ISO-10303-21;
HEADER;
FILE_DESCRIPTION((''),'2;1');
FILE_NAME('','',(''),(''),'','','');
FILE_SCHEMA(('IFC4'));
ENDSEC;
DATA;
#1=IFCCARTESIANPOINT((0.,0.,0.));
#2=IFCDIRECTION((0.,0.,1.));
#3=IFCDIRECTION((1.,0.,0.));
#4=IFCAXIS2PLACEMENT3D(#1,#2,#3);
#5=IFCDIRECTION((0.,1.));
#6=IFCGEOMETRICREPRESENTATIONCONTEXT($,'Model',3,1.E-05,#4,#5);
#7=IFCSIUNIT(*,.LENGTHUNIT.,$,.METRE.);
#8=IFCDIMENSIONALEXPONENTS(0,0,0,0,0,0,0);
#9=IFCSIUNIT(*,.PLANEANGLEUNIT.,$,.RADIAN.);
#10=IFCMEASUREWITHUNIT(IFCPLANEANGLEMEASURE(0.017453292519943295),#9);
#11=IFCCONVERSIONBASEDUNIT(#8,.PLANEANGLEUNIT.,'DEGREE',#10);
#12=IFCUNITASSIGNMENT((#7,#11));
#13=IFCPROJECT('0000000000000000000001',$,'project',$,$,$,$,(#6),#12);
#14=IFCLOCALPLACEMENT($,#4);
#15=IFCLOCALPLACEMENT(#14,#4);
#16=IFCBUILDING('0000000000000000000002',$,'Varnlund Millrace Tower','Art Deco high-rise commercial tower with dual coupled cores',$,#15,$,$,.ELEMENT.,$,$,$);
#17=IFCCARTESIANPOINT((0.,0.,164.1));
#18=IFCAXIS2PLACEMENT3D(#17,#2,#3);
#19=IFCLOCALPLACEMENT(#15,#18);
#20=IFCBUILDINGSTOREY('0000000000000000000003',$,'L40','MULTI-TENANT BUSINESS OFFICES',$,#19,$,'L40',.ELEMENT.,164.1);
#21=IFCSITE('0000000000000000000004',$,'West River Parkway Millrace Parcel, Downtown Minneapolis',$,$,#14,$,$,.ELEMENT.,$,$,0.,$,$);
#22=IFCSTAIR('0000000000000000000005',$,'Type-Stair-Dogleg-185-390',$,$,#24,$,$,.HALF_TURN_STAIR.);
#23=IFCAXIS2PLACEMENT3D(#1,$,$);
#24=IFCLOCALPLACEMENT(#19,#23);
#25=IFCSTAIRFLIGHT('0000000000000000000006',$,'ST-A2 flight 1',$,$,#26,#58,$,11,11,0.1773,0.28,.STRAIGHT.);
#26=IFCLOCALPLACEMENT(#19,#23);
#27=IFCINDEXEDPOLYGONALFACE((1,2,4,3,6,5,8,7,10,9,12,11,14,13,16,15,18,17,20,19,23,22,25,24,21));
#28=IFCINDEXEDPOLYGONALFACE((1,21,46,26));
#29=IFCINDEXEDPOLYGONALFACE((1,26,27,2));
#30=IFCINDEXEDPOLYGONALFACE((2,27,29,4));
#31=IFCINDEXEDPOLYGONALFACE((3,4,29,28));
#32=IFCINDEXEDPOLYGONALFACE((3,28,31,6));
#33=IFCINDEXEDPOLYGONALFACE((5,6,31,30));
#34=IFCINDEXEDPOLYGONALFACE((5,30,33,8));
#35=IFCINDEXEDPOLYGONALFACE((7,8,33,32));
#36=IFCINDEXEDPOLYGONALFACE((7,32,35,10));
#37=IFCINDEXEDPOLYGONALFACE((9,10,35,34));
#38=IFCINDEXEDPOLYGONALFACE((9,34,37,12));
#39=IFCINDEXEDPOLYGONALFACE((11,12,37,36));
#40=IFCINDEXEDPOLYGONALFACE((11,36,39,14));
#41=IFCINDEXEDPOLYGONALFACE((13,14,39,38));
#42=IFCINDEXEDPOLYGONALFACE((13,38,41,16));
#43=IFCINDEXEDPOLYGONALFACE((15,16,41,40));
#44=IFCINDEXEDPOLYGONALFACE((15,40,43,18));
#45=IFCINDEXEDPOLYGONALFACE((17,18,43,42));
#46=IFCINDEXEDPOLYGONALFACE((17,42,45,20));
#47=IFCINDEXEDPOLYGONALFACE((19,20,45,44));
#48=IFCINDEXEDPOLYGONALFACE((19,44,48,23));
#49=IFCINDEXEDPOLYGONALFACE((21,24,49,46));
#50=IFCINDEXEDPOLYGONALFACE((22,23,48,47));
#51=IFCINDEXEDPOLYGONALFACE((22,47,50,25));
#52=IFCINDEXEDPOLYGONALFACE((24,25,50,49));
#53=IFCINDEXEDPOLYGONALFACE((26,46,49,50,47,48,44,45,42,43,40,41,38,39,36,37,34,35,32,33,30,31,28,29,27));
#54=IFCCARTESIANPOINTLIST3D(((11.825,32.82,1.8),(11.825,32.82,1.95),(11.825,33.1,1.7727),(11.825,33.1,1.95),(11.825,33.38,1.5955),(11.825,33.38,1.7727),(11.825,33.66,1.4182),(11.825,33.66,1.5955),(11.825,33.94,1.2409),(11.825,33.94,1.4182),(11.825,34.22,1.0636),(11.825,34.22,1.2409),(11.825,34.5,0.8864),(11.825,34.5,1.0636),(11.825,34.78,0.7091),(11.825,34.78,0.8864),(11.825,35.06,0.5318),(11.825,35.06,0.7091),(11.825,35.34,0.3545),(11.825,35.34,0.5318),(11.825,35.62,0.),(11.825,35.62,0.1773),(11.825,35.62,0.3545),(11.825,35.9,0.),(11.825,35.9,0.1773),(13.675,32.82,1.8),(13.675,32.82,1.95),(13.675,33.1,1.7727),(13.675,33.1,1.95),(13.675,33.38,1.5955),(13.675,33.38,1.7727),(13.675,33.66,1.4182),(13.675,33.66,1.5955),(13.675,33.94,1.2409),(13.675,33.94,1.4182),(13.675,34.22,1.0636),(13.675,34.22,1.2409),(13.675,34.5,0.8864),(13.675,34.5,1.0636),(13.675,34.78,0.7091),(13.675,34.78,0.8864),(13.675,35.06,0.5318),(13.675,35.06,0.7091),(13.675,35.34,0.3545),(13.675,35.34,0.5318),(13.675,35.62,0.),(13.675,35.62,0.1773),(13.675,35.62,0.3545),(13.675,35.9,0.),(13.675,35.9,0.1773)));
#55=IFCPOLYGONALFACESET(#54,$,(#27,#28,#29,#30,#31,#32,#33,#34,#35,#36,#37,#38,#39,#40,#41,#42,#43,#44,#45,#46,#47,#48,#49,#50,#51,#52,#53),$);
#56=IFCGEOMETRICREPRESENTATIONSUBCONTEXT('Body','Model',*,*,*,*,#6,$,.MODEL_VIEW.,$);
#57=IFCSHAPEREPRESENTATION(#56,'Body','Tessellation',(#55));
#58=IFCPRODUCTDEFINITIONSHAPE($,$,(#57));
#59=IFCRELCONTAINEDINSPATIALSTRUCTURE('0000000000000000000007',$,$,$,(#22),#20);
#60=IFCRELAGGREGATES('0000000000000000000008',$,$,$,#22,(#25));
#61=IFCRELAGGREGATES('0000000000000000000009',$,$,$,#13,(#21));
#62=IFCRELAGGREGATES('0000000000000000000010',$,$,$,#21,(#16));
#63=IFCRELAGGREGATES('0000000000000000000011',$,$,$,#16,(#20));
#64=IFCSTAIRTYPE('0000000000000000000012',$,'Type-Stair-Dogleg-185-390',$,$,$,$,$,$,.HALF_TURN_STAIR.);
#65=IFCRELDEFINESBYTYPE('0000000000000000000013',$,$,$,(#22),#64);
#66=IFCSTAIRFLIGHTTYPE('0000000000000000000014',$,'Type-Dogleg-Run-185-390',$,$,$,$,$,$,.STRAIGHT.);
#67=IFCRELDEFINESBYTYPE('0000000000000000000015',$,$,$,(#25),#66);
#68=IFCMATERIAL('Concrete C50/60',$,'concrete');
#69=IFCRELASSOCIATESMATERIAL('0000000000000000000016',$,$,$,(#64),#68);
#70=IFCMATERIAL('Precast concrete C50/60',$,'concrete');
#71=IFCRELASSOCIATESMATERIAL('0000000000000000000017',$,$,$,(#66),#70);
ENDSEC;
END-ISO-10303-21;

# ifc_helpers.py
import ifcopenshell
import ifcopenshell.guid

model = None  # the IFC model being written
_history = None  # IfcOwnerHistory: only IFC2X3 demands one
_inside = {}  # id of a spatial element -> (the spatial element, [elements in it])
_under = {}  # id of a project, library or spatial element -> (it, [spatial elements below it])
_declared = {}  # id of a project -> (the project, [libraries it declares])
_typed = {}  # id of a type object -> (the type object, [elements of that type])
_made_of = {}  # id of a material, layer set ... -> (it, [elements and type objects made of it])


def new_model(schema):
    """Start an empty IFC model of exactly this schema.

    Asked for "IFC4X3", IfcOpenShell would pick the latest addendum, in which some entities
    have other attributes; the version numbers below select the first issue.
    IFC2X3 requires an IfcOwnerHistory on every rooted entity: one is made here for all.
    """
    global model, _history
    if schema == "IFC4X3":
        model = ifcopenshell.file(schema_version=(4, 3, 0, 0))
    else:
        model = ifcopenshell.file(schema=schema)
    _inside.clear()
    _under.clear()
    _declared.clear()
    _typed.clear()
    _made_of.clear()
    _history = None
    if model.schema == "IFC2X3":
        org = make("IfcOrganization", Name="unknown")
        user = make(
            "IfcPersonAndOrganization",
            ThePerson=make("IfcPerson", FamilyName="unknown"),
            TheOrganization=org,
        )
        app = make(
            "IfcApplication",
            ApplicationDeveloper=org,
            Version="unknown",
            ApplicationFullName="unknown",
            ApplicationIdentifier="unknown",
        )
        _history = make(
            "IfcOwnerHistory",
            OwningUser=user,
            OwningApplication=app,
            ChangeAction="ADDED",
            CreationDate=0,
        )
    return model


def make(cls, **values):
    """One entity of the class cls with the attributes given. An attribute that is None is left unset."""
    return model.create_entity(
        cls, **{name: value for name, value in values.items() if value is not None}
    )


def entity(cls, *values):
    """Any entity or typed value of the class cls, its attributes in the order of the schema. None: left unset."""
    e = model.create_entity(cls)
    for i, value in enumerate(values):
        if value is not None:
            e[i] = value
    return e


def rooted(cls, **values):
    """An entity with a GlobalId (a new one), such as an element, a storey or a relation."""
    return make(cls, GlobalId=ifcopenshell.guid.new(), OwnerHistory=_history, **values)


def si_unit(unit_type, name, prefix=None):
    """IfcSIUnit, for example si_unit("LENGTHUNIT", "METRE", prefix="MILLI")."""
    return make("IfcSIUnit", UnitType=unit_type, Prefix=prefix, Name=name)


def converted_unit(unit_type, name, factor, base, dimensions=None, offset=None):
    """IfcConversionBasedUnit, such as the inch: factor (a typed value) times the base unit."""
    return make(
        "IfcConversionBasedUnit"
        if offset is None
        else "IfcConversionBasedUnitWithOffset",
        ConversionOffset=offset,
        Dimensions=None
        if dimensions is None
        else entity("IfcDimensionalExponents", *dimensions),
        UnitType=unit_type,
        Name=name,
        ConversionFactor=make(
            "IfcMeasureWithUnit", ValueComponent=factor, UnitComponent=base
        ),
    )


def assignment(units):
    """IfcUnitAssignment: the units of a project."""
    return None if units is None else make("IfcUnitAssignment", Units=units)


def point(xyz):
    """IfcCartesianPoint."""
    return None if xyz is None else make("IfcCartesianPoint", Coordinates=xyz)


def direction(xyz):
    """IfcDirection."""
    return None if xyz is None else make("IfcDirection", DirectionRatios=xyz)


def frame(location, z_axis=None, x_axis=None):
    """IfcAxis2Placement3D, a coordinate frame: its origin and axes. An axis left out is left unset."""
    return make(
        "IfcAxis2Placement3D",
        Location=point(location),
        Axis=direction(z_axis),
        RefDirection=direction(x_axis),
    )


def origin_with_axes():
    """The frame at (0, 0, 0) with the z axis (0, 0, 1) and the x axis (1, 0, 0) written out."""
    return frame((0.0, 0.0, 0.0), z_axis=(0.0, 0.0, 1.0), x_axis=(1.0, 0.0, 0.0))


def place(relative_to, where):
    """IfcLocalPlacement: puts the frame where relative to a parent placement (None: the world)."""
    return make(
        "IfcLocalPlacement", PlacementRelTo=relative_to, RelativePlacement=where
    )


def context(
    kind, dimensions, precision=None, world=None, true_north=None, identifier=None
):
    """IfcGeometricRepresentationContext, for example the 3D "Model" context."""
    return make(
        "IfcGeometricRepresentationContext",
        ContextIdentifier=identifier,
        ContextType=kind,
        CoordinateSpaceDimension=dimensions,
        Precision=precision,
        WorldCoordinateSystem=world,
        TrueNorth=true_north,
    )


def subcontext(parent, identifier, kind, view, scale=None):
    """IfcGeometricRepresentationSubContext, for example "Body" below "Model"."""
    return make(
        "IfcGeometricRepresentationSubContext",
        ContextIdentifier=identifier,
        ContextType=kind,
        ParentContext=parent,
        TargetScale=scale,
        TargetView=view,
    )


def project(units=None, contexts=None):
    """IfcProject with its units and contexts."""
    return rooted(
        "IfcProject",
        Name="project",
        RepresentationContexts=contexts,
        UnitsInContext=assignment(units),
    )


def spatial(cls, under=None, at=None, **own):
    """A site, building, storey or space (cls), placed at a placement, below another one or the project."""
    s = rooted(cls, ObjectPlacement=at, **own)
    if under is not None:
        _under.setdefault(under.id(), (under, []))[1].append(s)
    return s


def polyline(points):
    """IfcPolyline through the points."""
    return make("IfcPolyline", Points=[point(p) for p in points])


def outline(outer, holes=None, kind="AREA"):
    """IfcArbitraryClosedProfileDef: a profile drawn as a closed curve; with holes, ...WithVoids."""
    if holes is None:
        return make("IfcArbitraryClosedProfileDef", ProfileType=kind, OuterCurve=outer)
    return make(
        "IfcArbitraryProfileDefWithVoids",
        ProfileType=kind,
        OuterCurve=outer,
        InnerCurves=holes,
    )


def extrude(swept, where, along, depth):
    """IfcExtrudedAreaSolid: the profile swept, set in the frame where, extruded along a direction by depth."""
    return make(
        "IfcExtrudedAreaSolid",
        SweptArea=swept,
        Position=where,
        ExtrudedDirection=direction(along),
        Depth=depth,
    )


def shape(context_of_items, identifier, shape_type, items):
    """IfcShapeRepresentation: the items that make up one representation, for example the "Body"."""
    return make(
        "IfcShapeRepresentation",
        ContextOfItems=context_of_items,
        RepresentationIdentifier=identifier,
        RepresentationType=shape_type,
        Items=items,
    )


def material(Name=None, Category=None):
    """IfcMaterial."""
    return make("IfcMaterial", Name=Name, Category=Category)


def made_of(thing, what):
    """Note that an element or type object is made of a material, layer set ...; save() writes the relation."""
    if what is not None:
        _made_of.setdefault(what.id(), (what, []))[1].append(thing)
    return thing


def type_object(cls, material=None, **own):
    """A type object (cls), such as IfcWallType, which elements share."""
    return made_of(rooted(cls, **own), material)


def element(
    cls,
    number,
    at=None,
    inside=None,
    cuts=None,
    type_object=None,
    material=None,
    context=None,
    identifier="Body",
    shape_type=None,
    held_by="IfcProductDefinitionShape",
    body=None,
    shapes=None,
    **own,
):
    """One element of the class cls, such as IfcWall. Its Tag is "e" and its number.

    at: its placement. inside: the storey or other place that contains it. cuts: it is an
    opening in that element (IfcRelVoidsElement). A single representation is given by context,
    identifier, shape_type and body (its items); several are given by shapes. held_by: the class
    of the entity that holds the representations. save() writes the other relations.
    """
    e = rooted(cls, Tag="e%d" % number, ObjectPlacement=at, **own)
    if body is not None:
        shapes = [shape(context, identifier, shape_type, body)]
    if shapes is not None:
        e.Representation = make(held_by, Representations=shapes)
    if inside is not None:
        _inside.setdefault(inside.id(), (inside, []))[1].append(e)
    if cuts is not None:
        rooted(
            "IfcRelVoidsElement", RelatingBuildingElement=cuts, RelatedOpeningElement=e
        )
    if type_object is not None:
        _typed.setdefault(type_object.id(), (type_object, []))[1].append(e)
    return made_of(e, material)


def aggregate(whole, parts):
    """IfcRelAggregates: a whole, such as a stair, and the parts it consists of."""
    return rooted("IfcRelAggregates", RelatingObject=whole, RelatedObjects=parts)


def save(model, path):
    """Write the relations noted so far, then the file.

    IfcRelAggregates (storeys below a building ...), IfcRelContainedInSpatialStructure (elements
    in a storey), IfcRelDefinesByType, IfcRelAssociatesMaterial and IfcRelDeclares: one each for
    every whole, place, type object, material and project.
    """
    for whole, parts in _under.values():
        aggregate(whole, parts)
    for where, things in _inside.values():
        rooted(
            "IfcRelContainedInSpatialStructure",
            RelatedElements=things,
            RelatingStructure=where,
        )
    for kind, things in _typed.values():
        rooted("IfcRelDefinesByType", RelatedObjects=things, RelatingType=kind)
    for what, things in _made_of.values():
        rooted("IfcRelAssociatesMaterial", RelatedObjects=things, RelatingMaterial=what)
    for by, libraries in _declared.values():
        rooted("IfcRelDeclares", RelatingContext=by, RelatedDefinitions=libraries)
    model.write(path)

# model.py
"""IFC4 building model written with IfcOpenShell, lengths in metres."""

from ifc_helpers import new_model, entity, si_unit, converted_unit, direction, frame, origin_with_axes, place, context, subcontext, project, spatial, polyline, outline, extrude, material, type_object, element, aggregate, save


model = new_model("IFC4")

# Units and contexts
model_context = context("Model", 3, precision=1e-05, world=origin_with_axes(), true_north=direction((0.0, 1.0)))
body_context = subcontext(model_context, "Body", "Model", "MODEL_VIEW")
ifc_project = project(units=[si_unit("LENGTHUNIT", "METRE"), converted_unit("PLANEANGLEUNIT", "DEGREE", entity("IfcPlaneAngleMeasure", 0.017453292519943295), si_unit("PLANEANGLEUNIT", "RADIAN"), dimensions=[0, 0, 0, 0, 0, 0, 0])], contexts=[model_context])

# Site, building, storey
site_placement = place(None, origin_with_axes())
site = spatial("IfcSite", under=ifc_project, at=site_placement, Name="West River Parkway Millrace Parcel, Downtown Minneapolis", CompositionType="ELEMENT", RefElevation=0.0)
building_placement = place(site_placement, origin_with_axes())
building = spatial("IfcBuilding", under=site, at=building_placement, Name="Varnlund Millrace Tower", Description="Art Deco high-rise commercial tower with dual coupled cores", CompositionType="ELEMENT")
storey_placement = place(building_placement, frame((0.0, 0.0, 164.1), z_axis=(0.0, 0.0, 1.0), x_axis=(1.0, 0.0, 0.0)))
storey = spatial("IfcBuildingStorey", under=building, at=storey_placement, Name="L40", Description="MULTI-TENANT BUSINESS OFFICES", LongName="L40", CompositionType="ELEMENT", Elevation=164.1)

# Stair, stair flight
ifc_material_1 = material(Name="Concrete C50/60", Category="concrete")
ifc_material_2 = material(Name="Precast concrete C50/60", Category="concrete")
stair_type_1 = type_object("IfcStairType", Name="Type-Stair-Dogleg-185-390", PredefinedType="HALF_TURN_STAIR", material=ifc_material_1)
stair_1_placement = place(storey_placement, origin_with_axes())
stair_1 = element("IfcStair", 1, at=stair_1_placement, inside=storey, type_object=stair_type_1, Name="Type-Stair-Dogleg-185-390", PredefinedType="HALF_TURN_STAIR")
stair_flight_type_1 = type_object("IfcStairFlightType", Name="Type-Dogleg-Run-185-390", PredefinedType="STRAIGHT", material=ifc_material_2)
stair_flight_1_placement = place(storey_placement, frame((13.675, 35.9, 0.0), z_axis=(-1.0, 0.0, 0.0), x_axis=(0.0, -1.0, 0.0)))
stair_flight_1 = element("IfcStairFlight", 2, at=stair_flight_1_placement, type_object=stair_flight_type_1, Name="ST-A2 flight 1", NumberOfRisers=11, NumberOfTreads=11, PredefinedType="STRAIGHT", RiserHeight=0.1773, TreadLength=0.28, context=body_context, shape_type="SweptSolid", body=[
    extrude(outline(polyline([(0.0, 0.0), (0.0, 0.1773), (0.28, 0.1773), (0.28, 0.3545), (0.56, 0.3545), (0.56, 0.5318), (0.84, 0.5318), (0.84, 0.7091), (1.12, 0.7091), (1.12, 0.8864), (1.4, 0.8864), (1.4, 1.0636), (1.68, 1.0636), (1.68, 1.2409), (1.96, 1.2409), (1.96, 1.4182), (2.24, 1.4182), (2.24, 1.5955), (2.52, 1.5955), (2.52, 1.7727), (2.8, 1.7727), (2.8, 1.95), (3.08, 1.95), (3.08, 1.8), (0.28, 0.0), (0.0, 0.0)])), origin_with_axes(), (0.0, 0.0, 1.0), 1.85),
])
aggregate(stair_1, [stair_flight_1])

save(model, "model.ifc")
